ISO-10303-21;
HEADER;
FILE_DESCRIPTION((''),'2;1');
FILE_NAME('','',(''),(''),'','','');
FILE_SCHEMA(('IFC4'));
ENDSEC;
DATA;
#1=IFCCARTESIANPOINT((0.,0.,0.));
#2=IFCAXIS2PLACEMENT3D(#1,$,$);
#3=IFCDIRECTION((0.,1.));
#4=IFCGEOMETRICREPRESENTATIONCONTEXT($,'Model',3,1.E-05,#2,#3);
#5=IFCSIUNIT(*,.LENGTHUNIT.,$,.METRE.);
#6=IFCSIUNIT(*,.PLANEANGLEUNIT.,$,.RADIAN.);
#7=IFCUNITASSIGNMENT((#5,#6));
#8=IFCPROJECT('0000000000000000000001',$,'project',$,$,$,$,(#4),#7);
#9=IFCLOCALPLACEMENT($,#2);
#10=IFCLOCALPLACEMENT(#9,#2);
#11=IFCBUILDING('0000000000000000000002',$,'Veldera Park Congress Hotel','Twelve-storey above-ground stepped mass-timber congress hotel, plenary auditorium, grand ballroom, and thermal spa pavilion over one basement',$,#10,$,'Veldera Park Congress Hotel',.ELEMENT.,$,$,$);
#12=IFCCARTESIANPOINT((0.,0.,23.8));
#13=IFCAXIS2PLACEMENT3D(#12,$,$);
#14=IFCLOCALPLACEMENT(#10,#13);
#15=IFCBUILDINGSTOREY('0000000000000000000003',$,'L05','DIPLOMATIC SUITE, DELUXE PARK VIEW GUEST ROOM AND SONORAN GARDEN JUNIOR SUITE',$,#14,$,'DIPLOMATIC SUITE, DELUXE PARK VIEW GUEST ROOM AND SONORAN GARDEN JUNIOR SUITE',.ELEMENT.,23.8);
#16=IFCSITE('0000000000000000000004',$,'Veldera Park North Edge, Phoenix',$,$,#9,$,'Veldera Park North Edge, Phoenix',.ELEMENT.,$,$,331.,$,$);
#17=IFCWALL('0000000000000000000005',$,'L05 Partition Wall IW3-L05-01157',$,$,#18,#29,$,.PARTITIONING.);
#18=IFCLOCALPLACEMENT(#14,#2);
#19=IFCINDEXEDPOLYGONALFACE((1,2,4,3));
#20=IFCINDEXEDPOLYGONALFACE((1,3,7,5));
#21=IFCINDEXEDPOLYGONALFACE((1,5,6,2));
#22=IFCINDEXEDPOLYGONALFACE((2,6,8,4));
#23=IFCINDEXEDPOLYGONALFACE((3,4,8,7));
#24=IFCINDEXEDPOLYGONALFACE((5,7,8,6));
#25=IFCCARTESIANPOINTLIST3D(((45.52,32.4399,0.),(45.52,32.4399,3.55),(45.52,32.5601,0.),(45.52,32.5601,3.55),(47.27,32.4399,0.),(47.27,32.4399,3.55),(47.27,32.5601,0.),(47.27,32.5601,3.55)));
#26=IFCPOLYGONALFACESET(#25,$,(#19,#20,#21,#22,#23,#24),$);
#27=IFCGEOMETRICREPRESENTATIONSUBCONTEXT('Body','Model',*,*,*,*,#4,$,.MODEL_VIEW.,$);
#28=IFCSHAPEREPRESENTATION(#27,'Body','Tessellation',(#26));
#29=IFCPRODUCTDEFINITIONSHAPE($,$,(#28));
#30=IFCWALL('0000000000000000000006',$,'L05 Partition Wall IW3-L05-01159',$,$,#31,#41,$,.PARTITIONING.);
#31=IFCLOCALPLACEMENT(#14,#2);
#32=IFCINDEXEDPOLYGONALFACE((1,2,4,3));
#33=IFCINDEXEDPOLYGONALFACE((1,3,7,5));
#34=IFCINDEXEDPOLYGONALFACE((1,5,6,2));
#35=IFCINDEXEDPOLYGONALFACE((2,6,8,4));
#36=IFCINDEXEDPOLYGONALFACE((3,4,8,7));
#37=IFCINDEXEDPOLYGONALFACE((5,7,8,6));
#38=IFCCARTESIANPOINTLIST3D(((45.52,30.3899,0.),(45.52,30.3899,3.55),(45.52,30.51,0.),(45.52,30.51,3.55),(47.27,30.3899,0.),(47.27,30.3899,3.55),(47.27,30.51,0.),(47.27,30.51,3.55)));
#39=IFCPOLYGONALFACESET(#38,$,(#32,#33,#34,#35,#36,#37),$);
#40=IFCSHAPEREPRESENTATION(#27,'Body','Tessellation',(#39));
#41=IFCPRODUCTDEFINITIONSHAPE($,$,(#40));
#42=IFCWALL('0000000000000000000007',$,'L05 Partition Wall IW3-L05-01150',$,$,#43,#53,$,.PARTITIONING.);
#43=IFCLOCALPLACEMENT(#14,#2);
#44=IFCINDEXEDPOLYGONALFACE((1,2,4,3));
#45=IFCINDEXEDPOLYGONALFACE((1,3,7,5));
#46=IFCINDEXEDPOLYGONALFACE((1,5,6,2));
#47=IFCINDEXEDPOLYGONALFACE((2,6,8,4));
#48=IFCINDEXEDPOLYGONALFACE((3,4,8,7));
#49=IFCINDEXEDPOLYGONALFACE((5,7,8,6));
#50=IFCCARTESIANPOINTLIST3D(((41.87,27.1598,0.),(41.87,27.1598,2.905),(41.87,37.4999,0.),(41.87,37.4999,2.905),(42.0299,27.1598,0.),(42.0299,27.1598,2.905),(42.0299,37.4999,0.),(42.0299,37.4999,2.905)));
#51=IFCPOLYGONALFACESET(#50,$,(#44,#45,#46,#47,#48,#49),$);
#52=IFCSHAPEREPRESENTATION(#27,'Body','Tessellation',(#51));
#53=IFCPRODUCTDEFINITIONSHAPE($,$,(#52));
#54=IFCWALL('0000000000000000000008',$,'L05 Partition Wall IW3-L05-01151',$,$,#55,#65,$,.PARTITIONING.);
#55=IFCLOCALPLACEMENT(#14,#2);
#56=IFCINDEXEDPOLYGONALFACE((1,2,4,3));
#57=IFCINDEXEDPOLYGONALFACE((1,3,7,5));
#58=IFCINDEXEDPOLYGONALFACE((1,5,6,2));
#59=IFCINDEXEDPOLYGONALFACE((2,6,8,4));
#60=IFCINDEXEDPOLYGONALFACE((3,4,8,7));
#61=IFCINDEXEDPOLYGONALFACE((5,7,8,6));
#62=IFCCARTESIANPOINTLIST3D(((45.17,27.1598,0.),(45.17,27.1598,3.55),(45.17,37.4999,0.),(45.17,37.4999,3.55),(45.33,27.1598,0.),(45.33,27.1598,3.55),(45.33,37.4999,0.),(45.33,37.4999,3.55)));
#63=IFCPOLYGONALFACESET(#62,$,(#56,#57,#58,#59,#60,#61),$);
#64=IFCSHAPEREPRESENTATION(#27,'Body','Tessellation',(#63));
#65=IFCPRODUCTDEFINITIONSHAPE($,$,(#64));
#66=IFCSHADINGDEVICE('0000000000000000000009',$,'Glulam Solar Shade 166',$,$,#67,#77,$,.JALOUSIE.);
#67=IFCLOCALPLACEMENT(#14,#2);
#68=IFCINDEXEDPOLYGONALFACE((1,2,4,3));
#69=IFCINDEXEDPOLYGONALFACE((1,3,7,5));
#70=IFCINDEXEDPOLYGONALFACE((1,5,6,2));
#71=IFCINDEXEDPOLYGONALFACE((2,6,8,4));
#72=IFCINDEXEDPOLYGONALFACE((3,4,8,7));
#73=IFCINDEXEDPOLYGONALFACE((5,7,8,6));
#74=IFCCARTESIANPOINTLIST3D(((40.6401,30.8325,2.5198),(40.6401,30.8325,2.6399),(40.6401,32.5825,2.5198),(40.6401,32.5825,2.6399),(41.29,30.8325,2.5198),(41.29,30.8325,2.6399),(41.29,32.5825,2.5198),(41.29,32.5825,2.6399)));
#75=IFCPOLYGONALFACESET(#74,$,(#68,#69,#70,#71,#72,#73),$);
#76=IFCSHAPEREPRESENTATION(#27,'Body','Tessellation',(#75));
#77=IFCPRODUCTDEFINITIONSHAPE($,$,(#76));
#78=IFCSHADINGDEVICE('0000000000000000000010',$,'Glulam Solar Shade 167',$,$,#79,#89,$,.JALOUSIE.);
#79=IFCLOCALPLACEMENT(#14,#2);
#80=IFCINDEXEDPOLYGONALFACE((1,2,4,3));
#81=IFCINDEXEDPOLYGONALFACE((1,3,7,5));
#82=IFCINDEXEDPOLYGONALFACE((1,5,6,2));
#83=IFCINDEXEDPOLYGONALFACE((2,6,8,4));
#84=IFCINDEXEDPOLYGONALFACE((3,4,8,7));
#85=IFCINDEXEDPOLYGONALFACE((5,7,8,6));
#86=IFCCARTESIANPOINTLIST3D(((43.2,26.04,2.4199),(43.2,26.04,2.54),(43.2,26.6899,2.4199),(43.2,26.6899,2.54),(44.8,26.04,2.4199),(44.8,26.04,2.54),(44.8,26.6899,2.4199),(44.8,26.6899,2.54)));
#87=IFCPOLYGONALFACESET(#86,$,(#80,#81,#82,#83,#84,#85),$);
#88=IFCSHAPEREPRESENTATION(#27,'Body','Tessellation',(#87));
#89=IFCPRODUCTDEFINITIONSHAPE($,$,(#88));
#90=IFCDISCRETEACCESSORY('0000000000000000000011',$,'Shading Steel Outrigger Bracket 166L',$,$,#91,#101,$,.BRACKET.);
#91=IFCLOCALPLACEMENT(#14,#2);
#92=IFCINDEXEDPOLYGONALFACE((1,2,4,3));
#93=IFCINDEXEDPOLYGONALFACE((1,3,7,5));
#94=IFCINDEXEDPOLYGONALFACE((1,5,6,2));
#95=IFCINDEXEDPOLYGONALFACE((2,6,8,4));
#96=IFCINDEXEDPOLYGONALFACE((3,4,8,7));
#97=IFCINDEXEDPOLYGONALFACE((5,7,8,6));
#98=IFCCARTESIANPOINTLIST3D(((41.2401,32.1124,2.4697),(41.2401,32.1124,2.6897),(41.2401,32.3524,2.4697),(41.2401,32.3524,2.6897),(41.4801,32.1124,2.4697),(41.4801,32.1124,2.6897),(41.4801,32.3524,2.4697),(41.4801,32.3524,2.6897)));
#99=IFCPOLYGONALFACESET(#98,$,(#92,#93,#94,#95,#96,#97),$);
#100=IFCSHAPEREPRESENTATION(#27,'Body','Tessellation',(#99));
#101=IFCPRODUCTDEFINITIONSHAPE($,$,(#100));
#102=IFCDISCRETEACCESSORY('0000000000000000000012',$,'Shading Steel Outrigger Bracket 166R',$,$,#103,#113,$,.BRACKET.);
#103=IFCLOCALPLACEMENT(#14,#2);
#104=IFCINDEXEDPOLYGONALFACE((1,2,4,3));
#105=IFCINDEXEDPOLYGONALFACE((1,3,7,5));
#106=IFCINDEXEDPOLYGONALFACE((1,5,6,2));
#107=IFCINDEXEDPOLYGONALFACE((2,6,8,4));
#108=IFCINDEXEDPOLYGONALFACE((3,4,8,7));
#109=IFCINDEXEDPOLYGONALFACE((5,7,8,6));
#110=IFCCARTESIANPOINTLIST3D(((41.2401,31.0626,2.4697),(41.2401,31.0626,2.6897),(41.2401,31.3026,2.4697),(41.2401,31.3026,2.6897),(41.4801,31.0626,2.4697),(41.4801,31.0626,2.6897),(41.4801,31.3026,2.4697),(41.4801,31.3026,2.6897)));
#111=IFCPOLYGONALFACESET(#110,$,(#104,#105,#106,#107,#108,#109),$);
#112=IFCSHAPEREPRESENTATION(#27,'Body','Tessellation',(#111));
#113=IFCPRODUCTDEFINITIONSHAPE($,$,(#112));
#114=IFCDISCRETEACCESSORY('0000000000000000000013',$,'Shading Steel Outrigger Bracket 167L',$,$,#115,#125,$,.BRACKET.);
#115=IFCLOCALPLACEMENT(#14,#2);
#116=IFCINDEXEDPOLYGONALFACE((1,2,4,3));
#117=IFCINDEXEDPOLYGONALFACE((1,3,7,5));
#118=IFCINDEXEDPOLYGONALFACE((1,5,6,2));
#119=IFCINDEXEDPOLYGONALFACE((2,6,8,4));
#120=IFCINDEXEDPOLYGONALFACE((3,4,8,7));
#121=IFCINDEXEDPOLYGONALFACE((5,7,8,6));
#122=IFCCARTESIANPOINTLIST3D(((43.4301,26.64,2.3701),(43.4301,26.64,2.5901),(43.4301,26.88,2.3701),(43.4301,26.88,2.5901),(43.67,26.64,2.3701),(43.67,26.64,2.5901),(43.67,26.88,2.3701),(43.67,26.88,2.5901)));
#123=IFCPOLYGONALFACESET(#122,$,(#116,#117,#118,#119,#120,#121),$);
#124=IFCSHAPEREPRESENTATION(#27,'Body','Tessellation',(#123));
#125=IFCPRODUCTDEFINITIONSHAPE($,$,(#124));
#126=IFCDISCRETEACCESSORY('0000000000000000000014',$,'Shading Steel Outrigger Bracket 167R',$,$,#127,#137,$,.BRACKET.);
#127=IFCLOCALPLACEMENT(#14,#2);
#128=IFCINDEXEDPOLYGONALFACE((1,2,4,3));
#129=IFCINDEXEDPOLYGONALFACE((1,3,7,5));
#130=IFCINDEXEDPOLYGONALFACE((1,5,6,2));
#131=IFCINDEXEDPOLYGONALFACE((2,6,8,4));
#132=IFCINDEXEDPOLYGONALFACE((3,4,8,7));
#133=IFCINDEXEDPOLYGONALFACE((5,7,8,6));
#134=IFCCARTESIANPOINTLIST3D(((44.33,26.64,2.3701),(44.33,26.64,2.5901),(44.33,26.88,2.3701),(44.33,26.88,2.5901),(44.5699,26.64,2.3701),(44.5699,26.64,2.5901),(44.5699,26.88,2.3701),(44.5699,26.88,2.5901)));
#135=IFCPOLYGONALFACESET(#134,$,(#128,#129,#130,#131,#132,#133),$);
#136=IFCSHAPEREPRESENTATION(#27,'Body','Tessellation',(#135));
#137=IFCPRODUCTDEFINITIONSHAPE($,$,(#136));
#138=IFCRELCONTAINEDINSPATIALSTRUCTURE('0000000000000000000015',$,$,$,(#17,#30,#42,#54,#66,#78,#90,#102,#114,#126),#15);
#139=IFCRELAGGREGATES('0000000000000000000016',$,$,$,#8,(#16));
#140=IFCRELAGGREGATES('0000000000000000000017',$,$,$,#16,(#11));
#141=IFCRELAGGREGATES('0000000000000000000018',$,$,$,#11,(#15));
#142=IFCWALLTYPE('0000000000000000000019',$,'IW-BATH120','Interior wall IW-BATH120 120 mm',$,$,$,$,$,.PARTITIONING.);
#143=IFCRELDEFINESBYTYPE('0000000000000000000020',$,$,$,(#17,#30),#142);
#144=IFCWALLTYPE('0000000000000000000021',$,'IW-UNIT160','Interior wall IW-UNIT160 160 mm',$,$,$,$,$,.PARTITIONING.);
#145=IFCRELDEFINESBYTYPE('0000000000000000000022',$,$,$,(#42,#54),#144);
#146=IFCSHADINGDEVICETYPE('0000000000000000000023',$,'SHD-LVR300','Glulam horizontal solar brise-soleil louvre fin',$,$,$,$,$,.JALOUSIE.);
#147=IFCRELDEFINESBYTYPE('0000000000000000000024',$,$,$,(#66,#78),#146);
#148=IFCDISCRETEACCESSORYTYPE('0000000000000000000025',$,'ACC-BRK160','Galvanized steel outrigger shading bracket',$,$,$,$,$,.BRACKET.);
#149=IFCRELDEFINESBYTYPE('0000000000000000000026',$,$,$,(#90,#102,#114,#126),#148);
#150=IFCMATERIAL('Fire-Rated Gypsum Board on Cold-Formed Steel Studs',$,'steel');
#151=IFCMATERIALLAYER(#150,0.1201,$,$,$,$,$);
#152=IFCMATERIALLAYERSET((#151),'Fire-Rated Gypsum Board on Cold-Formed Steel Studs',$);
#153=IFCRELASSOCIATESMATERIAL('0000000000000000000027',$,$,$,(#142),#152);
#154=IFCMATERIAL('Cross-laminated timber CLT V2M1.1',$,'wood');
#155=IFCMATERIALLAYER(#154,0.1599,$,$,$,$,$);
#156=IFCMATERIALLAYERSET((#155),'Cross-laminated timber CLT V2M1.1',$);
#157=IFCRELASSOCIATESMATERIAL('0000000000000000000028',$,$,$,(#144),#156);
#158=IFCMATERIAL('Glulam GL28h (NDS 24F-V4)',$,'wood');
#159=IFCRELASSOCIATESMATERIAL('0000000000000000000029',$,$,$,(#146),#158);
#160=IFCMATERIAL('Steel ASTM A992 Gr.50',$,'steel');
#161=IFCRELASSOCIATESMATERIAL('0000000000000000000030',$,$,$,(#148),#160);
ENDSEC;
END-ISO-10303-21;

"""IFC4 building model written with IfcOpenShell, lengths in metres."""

from ifc_helpers import new_model, si_unit, direction, frame, frame_2d, origin, origin_2d, place, context, subcontext, project, spatial, rectangle, extrude, material, layer, layer_set, type_object, element, save


model = new_model("IFC4")

# Units and contexts
model_context = context("Model", 3, precision=1e-05, world=origin(), true_north=direction((0.0, 1.0)))
body_context = subcontext(model_context, "Body", "Model", "MODEL_VIEW")
ifc_project = project(units=[si_unit("LENGTHUNIT", "METRE"), si_unit("PLANEANGLEUNIT", "RADIAN")], contexts=[model_context])

# Site, building, storey
site_placement = place(None, origin())
site = spatial("IfcSite", under=ifc_project, at=site_placement, Name="Veldera Park North Edge, Phoenix", LongName="Veldera Park North Edge, Phoenix", CompositionType="ELEMENT", RefElevation=331.0)
building_placement = place(site_placement, origin())
building = spatial("IfcBuilding", under=site, at=building_placement, Name="Veldera Park Congress Hotel", Description="Twelve-storey above-ground stepped mass-timber congress hotel, plenary auditorium, grand ballroom, and thermal spa pavilion over one basement", LongName="Veldera Park Congress Hotel", CompositionType="ELEMENT")
storey_placement = place(building_placement, frame((0.0, 0.0, 23.8)))
storey = spatial("IfcBuildingStorey", under=building, at=storey_placement, Name="L05", Description="DIPLOMATIC SUITE, DELUXE PARK VIEW GUEST ROOM AND SONORAN GARDEN JUNIOR SUITE", LongName="DIPLOMATIC SUITE, DELUXE PARK VIEW GUEST ROOM AND SONORAN GARDEN JUNIOR SUITE", CompositionType="ELEMENT", Elevation=23.8)

# Shared definitions
ifc_material_1 = material(Name="Glulam GL28h (NDS 24F-V4)", Category="wood")

# Shared definitions
ifc_material_2 = material(Name="Cross-laminated timber CLT V2M1.1", Category="wood")

# Shared definitions
ifc_material_3 = material(Name="Fire-Rated Gypsum Board on Cold-Formed Steel Studs", Category="steel")
ifc_layer_1 = layer(ifc_material_3, 0.1201)
ifc_layer_set_1 = layer_set([ifc_layer_1], Name="Fire-Rated Gypsum Board on Cold-Formed Steel Studs")
wall_type_1 = type_object("IfcWallType", Name="IW-BATH120", Description="Interior wall IW-BATH120 120 mm", PredefinedType="PARTITIONING", material=ifc_layer_set_1)

# Walls
for number, where, z_axis, x_axis, name in (
    (1, (45.52, 32.5, 0.0), (0.0, 0.0, 1.0), (1.0, 0.0, 0.0), "L05 Partition Wall IW3-L05-01157"),
    (2, (45.52, 30.45, 0.0), (0.0, 0.0, 1.0), (1.0, 0.0, 0.0), "L05 Partition Wall IW3-L05-01159"),
):
    element("IfcWall", number, at=place(storey_placement, frame(where, z_axis=z_axis, x_axis=x_axis)), inside=storey, type_object=wall_type_1, Name=name, PredefinedType="PARTITIONING", context=body_context, shape_type="SweptSolid", body=[
        extrude(rectangle(XDim=1.75, YDim=0.1201, at=frame_2d((0.875, 0.0))), origin(), (0.0, 0.0, 1.0), 3.55),
    ])
ifc_layer_2 = layer(ifc_material_2, 0.1599)
ifc_layer_set_2 = layer_set([ifc_layer_2], Name="Cross-laminated timber CLT V2M1.1")
wall_type_2 = type_object("IfcWallType", Name="IW-UNIT160", Description="Interior wall IW-UNIT160 160 mm", PredefinedType="PARTITIONING", material=ifc_layer_set_2)
wall_1_placement = place(storey_placement, frame((41.95, 27.1599, 0.0), z_axis=(0.0, 0.0, 1.0), x_axis=(0.0, 1.0, 0.0)))
element("IfcWall", 3, at=wall_1_placement, inside=storey, type_object=wall_type_2, Name="L05 Partition Wall IW3-L05-01150", PredefinedType="PARTITIONING", context=body_context, shape_type="SweptSolid", body=[
    extrude(rectangle(XDim=10.3401, YDim=0.1599, at=frame_2d((5.1699, 0.0))), origin(), (0.0, 0.0, 1.0), 2.905),
])
wall_2_placement = place(storey_placement, frame((45.25, 27.1599, 0.0), z_axis=(0.0, 0.0, 1.0), x_axis=(0.0, 1.0, 0.0)))
element("IfcWall", 4, at=wall_2_placement, inside=storey, type_object=wall_type_2, Name="L05 Partition Wall IW3-L05-01151", PredefinedType="PARTITIONING", context=body_context, shape_type="SweptSolid", body=[
    extrude(rectangle(XDim=10.3401, YDim=0.1599, at=frame_2d((5.1699, 0.0))), origin(), (0.0, 0.0, 1.0), 3.55),
])

# Shading devices
shading_device_type = type_object("IfcShadingDeviceType", Name="SHD-LVR300", Description="Glulam horizontal solar brise-soleil louvre fin", PredefinedType="JALOUSIE", material=ifc_material_1)
shading_device_1_placement = place(storey_placement, frame((40.9651, 31.7075, 2.5198), z_axis=(0.0, 0.0, 1.0), x_axis=(0.0, -1.0, 0.0)))
element("IfcShadingDevice", 5, at=shading_device_1_placement, inside=storey, type_object=shading_device_type, Name="Glulam Solar Shade 166", PredefinedType="JALOUSIE", context=body_context, shape_type="SweptSolid", body=[
    extrude(rectangle(XDim=1.75, YDim=0.6499, at=origin_2d()), origin(), (0.0, 0.0, 1.0), 0.1201),
])
shading_device_2_placement = place(storey_placement, frame((44.0, 26.365, 2.4199), z_axis=(0.0, 0.0, 1.0), x_axis=(1.0, 0.0, 0.0)))
element("IfcShadingDevice", 6, at=shading_device_2_placement, inside=storey, type_object=shading_device_type, Name="Glulam Solar Shade 167", PredefinedType="JALOUSIE", context=body_context, shape_type="SweptSolid", body=[
    extrude(rectangle(XDim=1.6001, YDim=0.6499, at=origin_2d()), origin(), (0.0, 0.0, 1.0), 0.1201),
])

# Discrete accessories
ifc_material_4 = material(Name="Steel ASTM A992 Gr.50", Category="steel")
discrete_accessory_type = type_object("IfcDiscreteAccessoryType", Name="ACC-BRK160", Description="Galvanized steel outrigger shading bracket", PredefinedType="BRACKET", material=ifc_material_4)
for number, where, z_axis, x_axis, name in (
    (7, (41.3601, 32.2324, 2.4697), (0.0, 0.0, 1.0), (0.0, -1.0, 0.0), "Shading Steel Outrigger Bracket 166L"),
    (8, (41.3601, 31.1826, 2.4697), (0.0, 0.0, 1.0), (0.0, -1.0, 0.0), "Shading Steel Outrigger Bracket 166R"),
    (9, (43.55, 26.76, 2.3701), (0.0, 0.0, 1.0), (1.0, 0.0, 0.0), "Shading Steel Outrigger Bracket 167L"),
    (10, (44.45, 26.76, 2.3701), (0.0, 0.0, 1.0), (1.0, 0.0, 0.0), "Shading Steel Outrigger Bracket 167R"),
):
    element("IfcDiscreteAccessory", number, at=place(storey_placement, frame(where, z_axis=z_axis, x_axis=x_axis)), inside=storey, type_object=discrete_accessory_type, Name=name, PredefinedType="BRACKET", context=body_context, shape_type="SweptSolid", body=[
        extrude(rectangle(XDim=0.24, YDim=0.24, at=origin_2d()), origin(), (0.0, 0.0, 1.0), 0.22),
    ])

save(model, "model.ifc")
